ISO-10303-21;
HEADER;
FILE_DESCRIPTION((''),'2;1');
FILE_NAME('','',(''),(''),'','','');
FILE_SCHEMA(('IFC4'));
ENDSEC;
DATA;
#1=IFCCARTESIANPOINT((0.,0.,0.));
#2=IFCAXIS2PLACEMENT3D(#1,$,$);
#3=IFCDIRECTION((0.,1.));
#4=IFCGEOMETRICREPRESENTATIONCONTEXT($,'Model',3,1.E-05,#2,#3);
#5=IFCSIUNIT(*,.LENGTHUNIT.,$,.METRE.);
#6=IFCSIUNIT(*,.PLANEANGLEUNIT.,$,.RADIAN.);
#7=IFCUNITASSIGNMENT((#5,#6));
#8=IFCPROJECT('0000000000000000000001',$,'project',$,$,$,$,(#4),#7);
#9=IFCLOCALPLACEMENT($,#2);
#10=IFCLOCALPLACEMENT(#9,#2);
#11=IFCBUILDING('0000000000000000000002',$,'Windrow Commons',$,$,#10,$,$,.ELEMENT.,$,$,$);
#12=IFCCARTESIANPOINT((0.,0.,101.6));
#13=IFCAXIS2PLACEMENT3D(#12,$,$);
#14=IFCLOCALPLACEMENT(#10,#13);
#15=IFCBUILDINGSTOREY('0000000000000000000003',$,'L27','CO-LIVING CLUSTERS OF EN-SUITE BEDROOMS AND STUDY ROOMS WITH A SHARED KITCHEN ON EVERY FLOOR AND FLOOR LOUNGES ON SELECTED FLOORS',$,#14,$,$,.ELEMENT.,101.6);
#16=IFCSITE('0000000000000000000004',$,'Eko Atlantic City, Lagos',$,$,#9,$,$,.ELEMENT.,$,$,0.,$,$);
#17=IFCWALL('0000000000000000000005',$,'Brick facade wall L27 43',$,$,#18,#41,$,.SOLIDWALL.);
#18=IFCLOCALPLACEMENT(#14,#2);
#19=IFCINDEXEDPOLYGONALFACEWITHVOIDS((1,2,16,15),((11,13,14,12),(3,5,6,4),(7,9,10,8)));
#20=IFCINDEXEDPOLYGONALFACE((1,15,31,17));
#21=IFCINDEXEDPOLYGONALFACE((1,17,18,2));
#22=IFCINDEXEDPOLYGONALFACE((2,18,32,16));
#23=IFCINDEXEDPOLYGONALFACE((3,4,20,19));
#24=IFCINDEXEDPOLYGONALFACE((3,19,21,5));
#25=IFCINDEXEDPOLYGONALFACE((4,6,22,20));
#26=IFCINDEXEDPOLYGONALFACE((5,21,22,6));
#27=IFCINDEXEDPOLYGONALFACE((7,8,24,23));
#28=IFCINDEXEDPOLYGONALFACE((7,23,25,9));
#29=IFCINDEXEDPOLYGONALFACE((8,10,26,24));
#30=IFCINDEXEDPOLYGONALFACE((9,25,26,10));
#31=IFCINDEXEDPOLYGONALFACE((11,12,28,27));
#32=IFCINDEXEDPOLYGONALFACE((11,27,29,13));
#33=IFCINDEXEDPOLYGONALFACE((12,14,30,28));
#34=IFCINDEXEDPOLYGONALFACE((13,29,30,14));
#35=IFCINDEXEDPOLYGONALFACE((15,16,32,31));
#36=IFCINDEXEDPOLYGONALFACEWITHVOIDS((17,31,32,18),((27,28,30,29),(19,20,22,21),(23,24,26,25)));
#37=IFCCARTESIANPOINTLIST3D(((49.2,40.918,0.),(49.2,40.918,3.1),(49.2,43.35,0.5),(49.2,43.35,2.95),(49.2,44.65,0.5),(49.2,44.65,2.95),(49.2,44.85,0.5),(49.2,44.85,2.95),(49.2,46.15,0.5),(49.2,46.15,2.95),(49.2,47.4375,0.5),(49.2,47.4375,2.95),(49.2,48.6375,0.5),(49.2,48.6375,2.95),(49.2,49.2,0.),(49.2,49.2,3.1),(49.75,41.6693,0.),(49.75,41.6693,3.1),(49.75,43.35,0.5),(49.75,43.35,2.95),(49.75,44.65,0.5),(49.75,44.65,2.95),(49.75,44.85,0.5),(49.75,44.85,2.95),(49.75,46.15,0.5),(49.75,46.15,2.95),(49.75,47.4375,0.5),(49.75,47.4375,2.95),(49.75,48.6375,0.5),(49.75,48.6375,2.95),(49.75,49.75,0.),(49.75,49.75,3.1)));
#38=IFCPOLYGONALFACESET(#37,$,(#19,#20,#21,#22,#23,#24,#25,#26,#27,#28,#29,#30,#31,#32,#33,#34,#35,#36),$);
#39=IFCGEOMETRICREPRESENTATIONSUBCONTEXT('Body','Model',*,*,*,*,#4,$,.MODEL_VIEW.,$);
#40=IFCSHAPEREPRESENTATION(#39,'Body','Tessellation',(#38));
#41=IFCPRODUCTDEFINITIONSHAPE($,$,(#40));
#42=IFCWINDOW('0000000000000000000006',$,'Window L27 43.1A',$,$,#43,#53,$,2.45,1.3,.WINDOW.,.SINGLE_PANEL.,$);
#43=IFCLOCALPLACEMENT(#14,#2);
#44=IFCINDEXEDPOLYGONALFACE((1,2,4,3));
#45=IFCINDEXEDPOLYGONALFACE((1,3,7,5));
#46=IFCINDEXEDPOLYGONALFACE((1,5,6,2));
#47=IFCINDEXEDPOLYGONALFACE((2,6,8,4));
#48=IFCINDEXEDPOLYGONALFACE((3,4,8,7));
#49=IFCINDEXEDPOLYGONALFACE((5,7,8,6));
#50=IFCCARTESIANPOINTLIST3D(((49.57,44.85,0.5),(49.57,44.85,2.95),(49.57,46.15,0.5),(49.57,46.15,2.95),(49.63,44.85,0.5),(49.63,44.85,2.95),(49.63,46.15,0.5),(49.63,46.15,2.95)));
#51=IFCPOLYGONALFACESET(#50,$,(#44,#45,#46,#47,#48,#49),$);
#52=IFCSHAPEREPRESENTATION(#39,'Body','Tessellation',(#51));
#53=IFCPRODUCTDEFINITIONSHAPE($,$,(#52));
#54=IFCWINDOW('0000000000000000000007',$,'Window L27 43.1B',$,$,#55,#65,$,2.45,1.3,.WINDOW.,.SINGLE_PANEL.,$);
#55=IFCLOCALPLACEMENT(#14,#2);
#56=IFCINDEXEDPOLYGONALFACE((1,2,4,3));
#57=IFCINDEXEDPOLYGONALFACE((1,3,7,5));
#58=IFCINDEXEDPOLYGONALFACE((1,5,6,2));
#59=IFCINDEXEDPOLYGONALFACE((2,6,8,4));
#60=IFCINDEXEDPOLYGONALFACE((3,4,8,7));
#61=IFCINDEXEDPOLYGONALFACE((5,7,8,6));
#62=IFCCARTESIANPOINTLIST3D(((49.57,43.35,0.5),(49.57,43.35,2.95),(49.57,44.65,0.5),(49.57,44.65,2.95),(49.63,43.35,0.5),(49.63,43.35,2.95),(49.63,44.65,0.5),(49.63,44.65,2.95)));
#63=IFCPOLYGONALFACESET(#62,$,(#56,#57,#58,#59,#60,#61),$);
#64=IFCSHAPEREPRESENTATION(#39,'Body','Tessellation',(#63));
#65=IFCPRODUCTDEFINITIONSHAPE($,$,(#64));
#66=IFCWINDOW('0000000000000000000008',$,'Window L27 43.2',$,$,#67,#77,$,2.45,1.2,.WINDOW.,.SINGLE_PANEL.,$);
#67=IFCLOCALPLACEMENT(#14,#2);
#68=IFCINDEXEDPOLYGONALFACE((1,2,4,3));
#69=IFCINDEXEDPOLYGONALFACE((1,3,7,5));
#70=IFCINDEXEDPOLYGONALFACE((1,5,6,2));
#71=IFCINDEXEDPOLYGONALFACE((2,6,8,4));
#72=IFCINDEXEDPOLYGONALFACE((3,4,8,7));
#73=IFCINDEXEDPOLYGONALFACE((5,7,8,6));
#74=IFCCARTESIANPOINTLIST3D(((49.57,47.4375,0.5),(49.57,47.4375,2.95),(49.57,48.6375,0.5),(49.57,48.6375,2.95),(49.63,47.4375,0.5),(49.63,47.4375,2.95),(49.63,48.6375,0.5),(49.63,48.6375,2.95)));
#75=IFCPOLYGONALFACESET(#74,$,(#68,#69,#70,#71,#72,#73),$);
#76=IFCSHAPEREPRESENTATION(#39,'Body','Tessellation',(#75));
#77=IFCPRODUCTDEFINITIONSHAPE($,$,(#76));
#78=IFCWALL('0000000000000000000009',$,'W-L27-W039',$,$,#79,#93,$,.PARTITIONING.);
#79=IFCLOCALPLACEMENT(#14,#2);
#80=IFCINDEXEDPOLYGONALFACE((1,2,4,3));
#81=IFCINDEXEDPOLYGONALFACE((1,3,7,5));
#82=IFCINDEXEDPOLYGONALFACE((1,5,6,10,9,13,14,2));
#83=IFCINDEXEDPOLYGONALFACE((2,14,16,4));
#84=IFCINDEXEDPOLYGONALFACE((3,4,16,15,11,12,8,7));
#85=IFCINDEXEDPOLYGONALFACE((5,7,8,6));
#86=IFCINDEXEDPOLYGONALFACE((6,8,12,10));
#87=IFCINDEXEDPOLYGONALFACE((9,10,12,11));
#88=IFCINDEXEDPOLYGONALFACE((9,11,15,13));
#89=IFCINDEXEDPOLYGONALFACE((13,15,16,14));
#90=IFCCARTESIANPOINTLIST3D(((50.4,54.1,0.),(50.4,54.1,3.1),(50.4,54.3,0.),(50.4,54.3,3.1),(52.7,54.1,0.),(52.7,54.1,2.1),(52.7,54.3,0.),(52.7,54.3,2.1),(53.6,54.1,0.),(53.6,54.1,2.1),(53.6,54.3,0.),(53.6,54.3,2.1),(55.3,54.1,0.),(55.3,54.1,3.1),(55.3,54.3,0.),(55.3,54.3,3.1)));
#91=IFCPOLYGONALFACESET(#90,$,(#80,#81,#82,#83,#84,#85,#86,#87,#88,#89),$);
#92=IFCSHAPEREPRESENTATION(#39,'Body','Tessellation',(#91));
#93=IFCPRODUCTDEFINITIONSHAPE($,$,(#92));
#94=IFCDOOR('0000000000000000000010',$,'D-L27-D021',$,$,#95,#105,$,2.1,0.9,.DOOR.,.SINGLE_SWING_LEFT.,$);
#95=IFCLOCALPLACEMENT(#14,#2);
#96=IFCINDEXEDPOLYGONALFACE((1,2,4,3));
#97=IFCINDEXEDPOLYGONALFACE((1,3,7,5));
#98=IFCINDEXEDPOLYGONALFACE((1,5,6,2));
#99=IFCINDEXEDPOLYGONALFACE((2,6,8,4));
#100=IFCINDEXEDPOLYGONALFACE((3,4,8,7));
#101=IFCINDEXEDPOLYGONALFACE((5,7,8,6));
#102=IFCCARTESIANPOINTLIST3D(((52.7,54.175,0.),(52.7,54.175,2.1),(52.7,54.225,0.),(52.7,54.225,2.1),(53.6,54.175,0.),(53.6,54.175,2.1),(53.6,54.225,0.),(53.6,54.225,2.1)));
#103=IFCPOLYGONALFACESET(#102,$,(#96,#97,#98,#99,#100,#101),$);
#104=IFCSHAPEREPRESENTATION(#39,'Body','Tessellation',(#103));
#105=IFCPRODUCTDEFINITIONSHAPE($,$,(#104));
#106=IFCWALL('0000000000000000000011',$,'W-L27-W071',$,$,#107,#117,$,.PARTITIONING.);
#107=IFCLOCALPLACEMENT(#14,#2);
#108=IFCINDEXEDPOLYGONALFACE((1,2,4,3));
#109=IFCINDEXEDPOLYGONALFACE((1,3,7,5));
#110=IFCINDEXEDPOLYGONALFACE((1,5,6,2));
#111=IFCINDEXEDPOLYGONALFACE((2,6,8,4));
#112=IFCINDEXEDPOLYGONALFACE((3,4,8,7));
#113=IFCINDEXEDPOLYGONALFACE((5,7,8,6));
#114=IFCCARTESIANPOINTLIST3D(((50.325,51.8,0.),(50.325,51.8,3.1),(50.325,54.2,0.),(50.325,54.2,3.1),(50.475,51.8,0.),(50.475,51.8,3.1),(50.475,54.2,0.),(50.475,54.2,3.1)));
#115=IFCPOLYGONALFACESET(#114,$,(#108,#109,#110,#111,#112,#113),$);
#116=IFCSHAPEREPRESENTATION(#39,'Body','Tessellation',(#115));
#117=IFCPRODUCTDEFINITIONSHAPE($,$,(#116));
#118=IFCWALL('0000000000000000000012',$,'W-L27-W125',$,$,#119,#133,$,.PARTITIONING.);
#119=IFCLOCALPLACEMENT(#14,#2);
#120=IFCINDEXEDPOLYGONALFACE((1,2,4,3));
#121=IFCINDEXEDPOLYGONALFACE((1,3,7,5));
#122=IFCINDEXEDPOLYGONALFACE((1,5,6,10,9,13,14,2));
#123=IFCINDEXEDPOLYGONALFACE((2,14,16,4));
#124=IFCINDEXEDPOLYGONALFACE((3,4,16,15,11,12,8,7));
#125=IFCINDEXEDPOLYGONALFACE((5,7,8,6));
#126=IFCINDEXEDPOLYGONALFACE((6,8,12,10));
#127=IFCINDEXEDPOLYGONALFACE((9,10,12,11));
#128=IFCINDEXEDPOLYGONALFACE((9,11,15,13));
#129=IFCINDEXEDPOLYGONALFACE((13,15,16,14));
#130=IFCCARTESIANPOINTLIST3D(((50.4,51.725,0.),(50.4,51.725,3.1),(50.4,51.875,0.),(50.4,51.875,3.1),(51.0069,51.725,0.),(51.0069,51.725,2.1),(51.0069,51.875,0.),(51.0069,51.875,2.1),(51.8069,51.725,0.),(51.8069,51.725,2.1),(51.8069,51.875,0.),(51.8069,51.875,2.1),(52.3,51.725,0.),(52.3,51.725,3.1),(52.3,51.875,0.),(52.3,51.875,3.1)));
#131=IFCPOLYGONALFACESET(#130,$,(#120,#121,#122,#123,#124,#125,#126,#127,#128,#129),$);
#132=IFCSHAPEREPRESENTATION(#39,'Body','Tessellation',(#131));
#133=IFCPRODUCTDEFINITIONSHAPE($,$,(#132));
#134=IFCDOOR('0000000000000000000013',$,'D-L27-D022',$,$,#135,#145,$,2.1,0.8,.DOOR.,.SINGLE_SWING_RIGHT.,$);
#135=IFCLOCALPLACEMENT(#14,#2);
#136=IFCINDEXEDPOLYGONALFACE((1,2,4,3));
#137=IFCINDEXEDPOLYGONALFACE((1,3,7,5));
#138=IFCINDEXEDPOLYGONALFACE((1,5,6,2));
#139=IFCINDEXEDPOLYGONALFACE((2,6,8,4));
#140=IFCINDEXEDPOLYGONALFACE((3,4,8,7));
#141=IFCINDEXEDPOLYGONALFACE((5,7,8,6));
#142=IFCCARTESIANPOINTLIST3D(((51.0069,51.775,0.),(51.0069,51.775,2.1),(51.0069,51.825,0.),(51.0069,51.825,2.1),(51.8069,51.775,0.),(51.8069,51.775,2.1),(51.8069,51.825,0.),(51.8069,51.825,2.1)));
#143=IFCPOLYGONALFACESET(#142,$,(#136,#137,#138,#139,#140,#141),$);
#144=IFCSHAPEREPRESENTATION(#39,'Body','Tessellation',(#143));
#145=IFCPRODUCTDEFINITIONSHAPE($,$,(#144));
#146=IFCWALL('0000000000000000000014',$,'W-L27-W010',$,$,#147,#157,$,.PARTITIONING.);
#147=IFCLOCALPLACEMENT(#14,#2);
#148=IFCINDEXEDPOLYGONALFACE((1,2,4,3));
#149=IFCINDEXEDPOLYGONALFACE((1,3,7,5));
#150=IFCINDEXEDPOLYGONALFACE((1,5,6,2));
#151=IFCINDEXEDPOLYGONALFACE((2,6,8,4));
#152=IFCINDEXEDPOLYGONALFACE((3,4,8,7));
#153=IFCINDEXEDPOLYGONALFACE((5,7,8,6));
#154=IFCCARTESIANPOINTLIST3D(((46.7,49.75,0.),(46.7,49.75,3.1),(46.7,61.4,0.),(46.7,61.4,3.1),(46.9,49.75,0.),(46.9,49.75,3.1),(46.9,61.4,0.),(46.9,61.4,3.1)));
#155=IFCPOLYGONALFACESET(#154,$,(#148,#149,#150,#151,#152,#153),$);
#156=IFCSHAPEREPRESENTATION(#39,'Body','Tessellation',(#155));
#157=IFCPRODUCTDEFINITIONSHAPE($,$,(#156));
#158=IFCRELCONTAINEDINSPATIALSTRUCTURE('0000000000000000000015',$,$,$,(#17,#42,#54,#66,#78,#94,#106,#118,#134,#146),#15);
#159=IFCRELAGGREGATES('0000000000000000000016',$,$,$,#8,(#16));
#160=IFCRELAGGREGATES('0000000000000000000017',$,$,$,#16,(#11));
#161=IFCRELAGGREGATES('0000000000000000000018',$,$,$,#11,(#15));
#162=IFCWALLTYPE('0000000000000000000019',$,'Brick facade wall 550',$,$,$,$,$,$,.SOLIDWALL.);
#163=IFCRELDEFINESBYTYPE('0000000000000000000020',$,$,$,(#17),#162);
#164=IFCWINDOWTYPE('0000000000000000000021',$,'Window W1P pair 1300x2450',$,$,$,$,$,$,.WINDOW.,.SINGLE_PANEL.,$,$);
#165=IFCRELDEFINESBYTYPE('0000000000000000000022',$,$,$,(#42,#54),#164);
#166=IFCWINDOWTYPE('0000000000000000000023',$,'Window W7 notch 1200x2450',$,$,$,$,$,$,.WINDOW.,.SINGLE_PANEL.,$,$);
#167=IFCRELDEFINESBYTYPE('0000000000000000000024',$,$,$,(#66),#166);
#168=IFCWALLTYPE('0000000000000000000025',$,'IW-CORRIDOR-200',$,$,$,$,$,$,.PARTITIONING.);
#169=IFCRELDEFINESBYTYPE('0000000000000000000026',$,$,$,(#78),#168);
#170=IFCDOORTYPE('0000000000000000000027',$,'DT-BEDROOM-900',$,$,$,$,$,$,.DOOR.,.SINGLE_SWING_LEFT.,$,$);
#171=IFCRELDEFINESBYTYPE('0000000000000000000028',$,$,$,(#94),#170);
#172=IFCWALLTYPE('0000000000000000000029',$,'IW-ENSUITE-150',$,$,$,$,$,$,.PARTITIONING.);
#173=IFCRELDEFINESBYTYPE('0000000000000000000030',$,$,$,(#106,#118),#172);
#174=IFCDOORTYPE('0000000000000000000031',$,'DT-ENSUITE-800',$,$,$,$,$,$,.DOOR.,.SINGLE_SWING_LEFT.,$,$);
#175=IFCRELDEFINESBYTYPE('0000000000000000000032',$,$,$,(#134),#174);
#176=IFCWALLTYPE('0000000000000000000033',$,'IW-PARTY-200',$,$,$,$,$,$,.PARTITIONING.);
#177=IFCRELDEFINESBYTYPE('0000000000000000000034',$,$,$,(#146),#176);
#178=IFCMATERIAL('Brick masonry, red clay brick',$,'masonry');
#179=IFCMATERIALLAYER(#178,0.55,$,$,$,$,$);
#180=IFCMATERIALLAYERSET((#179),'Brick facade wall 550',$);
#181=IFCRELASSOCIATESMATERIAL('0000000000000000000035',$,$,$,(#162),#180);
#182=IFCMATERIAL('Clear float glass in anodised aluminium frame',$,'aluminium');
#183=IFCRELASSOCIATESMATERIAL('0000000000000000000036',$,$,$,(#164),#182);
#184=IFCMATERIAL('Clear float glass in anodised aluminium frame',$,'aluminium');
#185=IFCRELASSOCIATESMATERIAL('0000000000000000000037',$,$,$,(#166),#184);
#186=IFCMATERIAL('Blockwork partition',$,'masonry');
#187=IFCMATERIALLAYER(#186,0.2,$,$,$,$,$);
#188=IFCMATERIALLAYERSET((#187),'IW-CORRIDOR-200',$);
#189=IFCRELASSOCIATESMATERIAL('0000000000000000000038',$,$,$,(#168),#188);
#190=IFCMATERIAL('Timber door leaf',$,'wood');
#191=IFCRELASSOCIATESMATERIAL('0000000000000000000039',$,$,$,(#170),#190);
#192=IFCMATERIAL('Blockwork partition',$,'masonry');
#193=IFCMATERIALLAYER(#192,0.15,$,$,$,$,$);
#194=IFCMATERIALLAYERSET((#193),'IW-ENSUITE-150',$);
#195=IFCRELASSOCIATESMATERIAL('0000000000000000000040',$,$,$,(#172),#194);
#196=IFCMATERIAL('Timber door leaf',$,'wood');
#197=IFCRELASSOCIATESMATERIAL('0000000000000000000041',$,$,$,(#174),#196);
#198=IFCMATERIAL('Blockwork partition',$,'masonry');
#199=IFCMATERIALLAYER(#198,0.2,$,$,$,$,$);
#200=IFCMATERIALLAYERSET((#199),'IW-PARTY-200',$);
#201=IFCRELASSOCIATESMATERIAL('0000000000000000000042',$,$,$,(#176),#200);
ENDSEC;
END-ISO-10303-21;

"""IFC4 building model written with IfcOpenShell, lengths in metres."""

from ifc_helpers import new_model, si_unit, direction, frame, frame_2d, origin, place, context, subcontext, project, spatial, polyline, rectangle, outline, extrude, material, layer, layer_set, type_object, element, fill, save


model = new_model("IFC4")

# Units and contexts
model_context = context("Model", 3, precision=1e-05, world=origin(), true_north=direction((0.0, 1.0)))
body_context = subcontext(model_context, "Body", "Model", "MODEL_VIEW")
ifc_project = project(units=[si_unit("LENGTHUNIT", "METRE"), si_unit("PLANEANGLEUNIT", "RADIAN")], contexts=[model_context])

# Site, building, storey
site_placement = place(None, origin())
site = spatial("IfcSite", under=ifc_project, at=site_placement, Name="Eko Atlantic City, Lagos", CompositionType="ELEMENT", RefElevation=0.0)
building_placement = place(site_placement, origin())
building = spatial("IfcBuilding", under=site, at=building_placement, Name="Windrow Commons", CompositionType="ELEMENT")
storey_placement = place(building_placement, frame((0.0, 0.0, 101.6)))
storey = spatial("IfcBuildingStorey", under=building, at=storey_placement, Name="L27", Description="CO-LIVING CLUSTERS OF EN-SUITE BEDROOMS AND STUDY ROOMS WITH A SHARED KITCHEN ON EVERY FLOOR AND FLOOR LOUNGES ON SELECTED FLOORS", CompositionType="ELEMENT", Elevation=101.6)

# Wall, openings, windows
ifc_material_1 = material(Name="Brick masonry, red clay brick", Category="masonry")
ifc_layer_1 = layer(ifc_material_1, 0.55)
ifc_layer_set_1 = layer_set([ifc_layer_1], Name="Brick facade wall 550")
wall_type_1 = type_object("IfcWallType", Name="Brick facade wall 550", PredefinedType="SOLIDWALL", material=ifc_layer_set_1)
ifc_material_2 = material(Name="Clear float glass in anodised aluminium frame", Category="aluminium")
window_type_1 = type_object("IfcWindowType", Name="Window W1P pair 1300x2450", PartitioningType="SINGLE_PANEL", PredefinedType="WINDOW", material=ifc_material_2)
ifc_material_3 = material(Name="Clear float glass in anodised aluminium frame", Category="aluminium")
window_type_2 = type_object("IfcWindowType", Name="Window W7 notch 1200x2450", PartitioningType="SINGLE_PANEL", PredefinedType="WINDOW", material=ifc_material_3)
wall_1_placement = place(storey_placement, frame((49.475, 49.475, 0.0), z_axis=(0.0, 0.0, 1.0), x_axis=(0.0, -1.0, 0.0)))
wall_1 = element("IfcWall", 1, at=wall_1_placement, inside=storey, type_object=wall_type_1, Name="Brick facade wall L27 43", PredefinedType="SOLIDWALL", context=body_context, shape_type="SweptSolid", body=[
    extrude(outline(polyline([(0.275, -0.275), (8.557, -0.275), (7.8057, 0.275), (-0.275, 0.275), (0.275, -0.275)])), origin(), (0.0, 0.0, 1.0), 3.1),
])
opening_1_placement = place(wall_1_placement, frame((3.325, 0.0, 0.5)))
opening_1 = element("IfcOpeningElement", 2, at=opening_1_placement, cuts=wall_1, PredefinedType="OPENING", context=body_context, shape_type="SweptSolid", body=[
    extrude(rectangle(XDim=1.3, YDim=2.45, at=frame_2d((0.65, 1.225))), frame((0.0, 0.285, 0.0), z_axis=(0.0, -1.0, 0.0), x_axis=(1.0, 0.0, 0.0)), (0.0, 0.0, 1.0), 0.57),
])
opening_2_placement = place(wall_1_placement, frame((4.825, 0.0, 0.5)))
opening_2 = element("IfcOpeningElement", 3, at=opening_2_placement, cuts=wall_1, PredefinedType="OPENING", context=body_context, shape_type="SweptSolid", body=[
    extrude(rectangle(XDim=1.3, YDim=2.45, at=frame_2d((0.65, 1.225))), frame((0.0, 0.285, 0.0), z_axis=(0.0, -1.0, 0.0), x_axis=(1.0, 0.0, 0.0)), (0.0, 0.0, 1.0), 0.57),
])
opening_3_placement = place(wall_1_placement, frame((0.8375, 0.0, 0.5)))
opening_3 = element("IfcOpeningElement", 4, at=opening_3_placement, cuts=wall_1, PredefinedType="OPENING", context=body_context, shape_type="SweptSolid", body=[
    extrude(rectangle(XDim=1.2, YDim=2.45, at=frame_2d((0.6, 1.225))), frame((0.0, 0.285, 0.0), z_axis=(0.0, -1.0, 0.0), x_axis=(1.0, 0.0, 0.0)), (0.0, 0.0, 1.0), 0.57),
])
window_1_placement = place(opening_1_placement, origin())
window_1 = element("IfcWindow", 5, at=window_1_placement, inside=storey, type_object=window_type_1, Name="Window L27 43.1A", OverallHeight=2.45, OverallWidth=1.3, PartitioningType="SINGLE_PANEL", PredefinedType="WINDOW", context=body_context, shape_type="SweptSolid", body=[
    extrude(rectangle(XDim=1.3, YDim=2.45, at=frame_2d((0.65, 1.225))), frame((0.0, 0.155, 0.0), z_axis=(0.0, -1.0, 0.0), x_axis=(1.0, 0.0, 0.0)), (0.0, 0.0, 1.0), 0.06),
])
fill(opening_1, window_1)
window_2_placement = place(opening_2_placement, origin())
window_2 = element("IfcWindow", 6, at=window_2_placement, inside=storey, type_object=window_type_1, Name="Window L27 43.1B", OverallHeight=2.45, OverallWidth=1.3, PartitioningType="SINGLE_PANEL", PredefinedType="WINDOW", context=body_context, shape_type="SweptSolid", body=[
    extrude(rectangle(XDim=1.3, YDim=2.45, at=frame_2d((0.65, 1.225))), frame((0.0, 0.155, 0.0), z_axis=(0.0, -1.0, 0.0), x_axis=(1.0, 0.0, 0.0)), (0.0, 0.0, 1.0), 0.06),
])
fill(opening_2, window_2)
window_3_placement = place(opening_3_placement, origin())
window_3 = element("IfcWindow", 7, at=window_3_placement, inside=storey, type_object=window_type_2, Name="Window L27 43.2", OverallHeight=2.45, OverallWidth=1.2, PartitioningType="SINGLE_PANEL", PredefinedType="WINDOW", context=body_context, shape_type="SweptSolid", body=[
    extrude(rectangle(XDim=1.2, YDim=2.45, at=frame_2d((0.6, 1.225))), frame((0.0, 0.155, 0.0), z_axis=(0.0, -1.0, 0.0), x_axis=(1.0, 0.0, 0.0)), (0.0, 0.0, 1.0), 0.06),
])
fill(opening_3, window_3)

# Wall, opening, door
ifc_material_4 = material(Name="Blockwork partition", Category="masonry")
ifc_layer_2 = layer(ifc_material_4, 0.2)
ifc_layer_set_2 = layer_set([ifc_layer_2], Name="IW-CORRIDOR-200")
wall_type_2 = type_object("IfcWallType", Name="IW-CORRIDOR-200", PredefinedType="PARTITIONING", material=ifc_layer_set_2)
wall_2_placement = place(storey_placement, frame((50.4, 54.2, 0.0), z_axis=(0.0, 0.0, 1.0), x_axis=(1.0, 0.0, 0.0)))
wall_2 = element("IfcWall", 8, at=wall_2_placement, inside=storey, type_object=wall_type_2, Name="W-L27-W039", PredefinedType="PARTITIONING", context=body_context, shape_type="SweptSolid", body=[
    extrude(rectangle(XDim=4.9, YDim=0.2, at=frame_2d((2.45, 0.0))), origin(), (0.0, 0.0, 1.0), 3.1),
])
opening_4_placement = place(wall_2_placement, frame((2.3, 0.0, 0.0)))
opening_4 = element("IfcOpeningElement", 9, at=opening_4_placement, cuts=wall_2, PredefinedType="OPENING", context=body_context, shape_type="SweptSolid", body=[
    extrude(rectangle(XDim=0.9, YDim=2.1, at=frame_2d((0.45, 1.05))), frame((0.0, 0.11, 0.0), z_axis=(0.0, -1.0, 0.0), x_axis=(1.0, 0.0, 0.0)), (0.0, 0.0, 1.0), 0.22),
])
ifc_material_5 = material(Name="Timber door leaf", Category="wood")
door_type_1 = type_object("IfcDoorType", Name="DT-BEDROOM-900", OperationType="SINGLE_SWING_LEFT", PredefinedType="DOOR", material=ifc_material_5)
door_1_placement = place(opening_4_placement, origin())
door_1 = element("IfcDoor", 10, at=door_1_placement, inside=storey, type_object=door_type_1, Name="D-L27-D021", OperationType="SINGLE_SWING_LEFT", OverallHeight=2.1, OverallWidth=0.9, PredefinedType="DOOR", context=body_context, shape_type="SweptSolid", body=[
    extrude(rectangle(XDim=0.9, YDim=2.1, at=frame_2d((0.45, 1.05))), frame((0.0, 0.025, 0.0), z_axis=(0.0, -1.0, 0.0), x_axis=(1.0, 0.0, 0.0)), (0.0, 0.0, 1.0), 0.05),
])
fill(opening_4, door_1)

# Wall
ifc_material_6 = material(Name="Blockwork partition", Category="masonry")
ifc_layer_3 = layer(ifc_material_6, 0.15)
ifc_layer_set_3 = layer_set([ifc_layer_3], Name="IW-ENSUITE-150")
wall_type_3 = type_object("IfcWallType", Name="IW-ENSUITE-150", PredefinedType="PARTITIONING", material=ifc_layer_set_3)
wall_3_placement = place(storey_placement, frame((50.4, 51.8, 0.0), z_axis=(0.0, 0.0, 1.0), x_axis=(0.0, 1.0, 0.0)))
element("IfcWall", 11, at=wall_3_placement, inside=storey, type_object=wall_type_3, Name="W-L27-W071", PredefinedType="PARTITIONING", context=body_context, shape_type="SweptSolid", body=[
    extrude(rectangle(XDim=2.4, YDim=0.15, at=frame_2d((1.2, 0.0))), origin(), (0.0, 0.0, 1.0), 3.1),
])

# Wall, opening, door
wall_4_placement = place(storey_placement, frame((50.4, 51.8, 0.0), z_axis=(0.0, 0.0, 1.0), x_axis=(1.0, 0.0, 0.0)))
wall_4 = element("IfcWall", 12, at=wall_4_placement, inside=storey, type_object=wall_type_3, Name="W-L27-W125", PredefinedType="PARTITIONING", context=body_context, shape_type="SweptSolid", body=[
    extrude(rectangle(XDim=1.9, YDim=0.15, at=frame_2d((0.95, 0.0))), origin(), (0.0, 0.0, 1.0), 3.1),
])
opening_5_placement = place(wall_4_placement, frame((0.6069, 0.0, 0.0)))
opening_5 = element("IfcOpeningElement", 13, at=opening_5_placement, cuts=wall_4, PredefinedType="OPENING", context=body_context, shape_type="SweptSolid", body=[
    extrude(rectangle(XDim=0.8, YDim=2.1, at=frame_2d((0.4, 1.05))), frame((0.0, 0.085, 0.0), z_axis=(0.0, -1.0, 0.0), x_axis=(1.0, 0.0, 0.0)), (0.0, 0.0, 1.0), 0.17),
])
ifc_material_7 = material(Name="Timber door leaf", Category="wood")
door_type_2 = type_object("IfcDoorType", Name="DT-ENSUITE-800", OperationType="SINGLE_SWING_LEFT", PredefinedType="DOOR", material=ifc_material_7)
door_2_placement = place(opening_5_placement, origin())
door_2 = element("IfcDoor", 14, at=door_2_placement, inside=storey, type_object=door_type_2, Name="D-L27-D022", OperationType="SINGLE_SWING_RIGHT", OverallHeight=2.1, OverallWidth=0.8, PredefinedType="DOOR", context=body_context, shape_type="SweptSolid", body=[
    extrude(rectangle(XDim=0.8, YDim=2.1, at=frame_2d((0.4, 1.05))), frame((0.0, 0.025, 0.0), z_axis=(0.0, -1.0, 0.0), x_axis=(1.0, 0.0, 0.0)), (0.0, 0.0, 1.0), 0.05),
])
fill(opening_5, door_2)

# Wall
ifc_material_8 = material(Name="Blockwork partition", Category="masonry")
ifc_layer_4 = layer(ifc_material_8, 0.2)
ifc_layer_set_4 = layer_set([ifc_layer_4], Name="IW-PARTY-200")
wall_type_4 = type_object("IfcWallType", Name="IW-PARTY-200", PredefinedType="PARTITIONING", material=ifc_layer_set_4)
wall_5_placement = place(storey_placement, frame((46.8, 49.75, 0.0), z_axis=(0.0, 0.0, 1.0), x_axis=(0.0, 1.0, 0.0)))
element("IfcWall", 15, at=wall_5_placement, inside=storey, type_object=wall_type_4, Name="W-L27-W010", PredefinedType="PARTITIONING", context=body_context, shape_type="SweptSolid", body=[
    extrude(rectangle(XDim=11.65, YDim=0.2, at=frame_2d((5.825, 0.0))), origin(), (0.0, 0.0, 1.0), 3.1),
])

save(model, "model.ifc")
